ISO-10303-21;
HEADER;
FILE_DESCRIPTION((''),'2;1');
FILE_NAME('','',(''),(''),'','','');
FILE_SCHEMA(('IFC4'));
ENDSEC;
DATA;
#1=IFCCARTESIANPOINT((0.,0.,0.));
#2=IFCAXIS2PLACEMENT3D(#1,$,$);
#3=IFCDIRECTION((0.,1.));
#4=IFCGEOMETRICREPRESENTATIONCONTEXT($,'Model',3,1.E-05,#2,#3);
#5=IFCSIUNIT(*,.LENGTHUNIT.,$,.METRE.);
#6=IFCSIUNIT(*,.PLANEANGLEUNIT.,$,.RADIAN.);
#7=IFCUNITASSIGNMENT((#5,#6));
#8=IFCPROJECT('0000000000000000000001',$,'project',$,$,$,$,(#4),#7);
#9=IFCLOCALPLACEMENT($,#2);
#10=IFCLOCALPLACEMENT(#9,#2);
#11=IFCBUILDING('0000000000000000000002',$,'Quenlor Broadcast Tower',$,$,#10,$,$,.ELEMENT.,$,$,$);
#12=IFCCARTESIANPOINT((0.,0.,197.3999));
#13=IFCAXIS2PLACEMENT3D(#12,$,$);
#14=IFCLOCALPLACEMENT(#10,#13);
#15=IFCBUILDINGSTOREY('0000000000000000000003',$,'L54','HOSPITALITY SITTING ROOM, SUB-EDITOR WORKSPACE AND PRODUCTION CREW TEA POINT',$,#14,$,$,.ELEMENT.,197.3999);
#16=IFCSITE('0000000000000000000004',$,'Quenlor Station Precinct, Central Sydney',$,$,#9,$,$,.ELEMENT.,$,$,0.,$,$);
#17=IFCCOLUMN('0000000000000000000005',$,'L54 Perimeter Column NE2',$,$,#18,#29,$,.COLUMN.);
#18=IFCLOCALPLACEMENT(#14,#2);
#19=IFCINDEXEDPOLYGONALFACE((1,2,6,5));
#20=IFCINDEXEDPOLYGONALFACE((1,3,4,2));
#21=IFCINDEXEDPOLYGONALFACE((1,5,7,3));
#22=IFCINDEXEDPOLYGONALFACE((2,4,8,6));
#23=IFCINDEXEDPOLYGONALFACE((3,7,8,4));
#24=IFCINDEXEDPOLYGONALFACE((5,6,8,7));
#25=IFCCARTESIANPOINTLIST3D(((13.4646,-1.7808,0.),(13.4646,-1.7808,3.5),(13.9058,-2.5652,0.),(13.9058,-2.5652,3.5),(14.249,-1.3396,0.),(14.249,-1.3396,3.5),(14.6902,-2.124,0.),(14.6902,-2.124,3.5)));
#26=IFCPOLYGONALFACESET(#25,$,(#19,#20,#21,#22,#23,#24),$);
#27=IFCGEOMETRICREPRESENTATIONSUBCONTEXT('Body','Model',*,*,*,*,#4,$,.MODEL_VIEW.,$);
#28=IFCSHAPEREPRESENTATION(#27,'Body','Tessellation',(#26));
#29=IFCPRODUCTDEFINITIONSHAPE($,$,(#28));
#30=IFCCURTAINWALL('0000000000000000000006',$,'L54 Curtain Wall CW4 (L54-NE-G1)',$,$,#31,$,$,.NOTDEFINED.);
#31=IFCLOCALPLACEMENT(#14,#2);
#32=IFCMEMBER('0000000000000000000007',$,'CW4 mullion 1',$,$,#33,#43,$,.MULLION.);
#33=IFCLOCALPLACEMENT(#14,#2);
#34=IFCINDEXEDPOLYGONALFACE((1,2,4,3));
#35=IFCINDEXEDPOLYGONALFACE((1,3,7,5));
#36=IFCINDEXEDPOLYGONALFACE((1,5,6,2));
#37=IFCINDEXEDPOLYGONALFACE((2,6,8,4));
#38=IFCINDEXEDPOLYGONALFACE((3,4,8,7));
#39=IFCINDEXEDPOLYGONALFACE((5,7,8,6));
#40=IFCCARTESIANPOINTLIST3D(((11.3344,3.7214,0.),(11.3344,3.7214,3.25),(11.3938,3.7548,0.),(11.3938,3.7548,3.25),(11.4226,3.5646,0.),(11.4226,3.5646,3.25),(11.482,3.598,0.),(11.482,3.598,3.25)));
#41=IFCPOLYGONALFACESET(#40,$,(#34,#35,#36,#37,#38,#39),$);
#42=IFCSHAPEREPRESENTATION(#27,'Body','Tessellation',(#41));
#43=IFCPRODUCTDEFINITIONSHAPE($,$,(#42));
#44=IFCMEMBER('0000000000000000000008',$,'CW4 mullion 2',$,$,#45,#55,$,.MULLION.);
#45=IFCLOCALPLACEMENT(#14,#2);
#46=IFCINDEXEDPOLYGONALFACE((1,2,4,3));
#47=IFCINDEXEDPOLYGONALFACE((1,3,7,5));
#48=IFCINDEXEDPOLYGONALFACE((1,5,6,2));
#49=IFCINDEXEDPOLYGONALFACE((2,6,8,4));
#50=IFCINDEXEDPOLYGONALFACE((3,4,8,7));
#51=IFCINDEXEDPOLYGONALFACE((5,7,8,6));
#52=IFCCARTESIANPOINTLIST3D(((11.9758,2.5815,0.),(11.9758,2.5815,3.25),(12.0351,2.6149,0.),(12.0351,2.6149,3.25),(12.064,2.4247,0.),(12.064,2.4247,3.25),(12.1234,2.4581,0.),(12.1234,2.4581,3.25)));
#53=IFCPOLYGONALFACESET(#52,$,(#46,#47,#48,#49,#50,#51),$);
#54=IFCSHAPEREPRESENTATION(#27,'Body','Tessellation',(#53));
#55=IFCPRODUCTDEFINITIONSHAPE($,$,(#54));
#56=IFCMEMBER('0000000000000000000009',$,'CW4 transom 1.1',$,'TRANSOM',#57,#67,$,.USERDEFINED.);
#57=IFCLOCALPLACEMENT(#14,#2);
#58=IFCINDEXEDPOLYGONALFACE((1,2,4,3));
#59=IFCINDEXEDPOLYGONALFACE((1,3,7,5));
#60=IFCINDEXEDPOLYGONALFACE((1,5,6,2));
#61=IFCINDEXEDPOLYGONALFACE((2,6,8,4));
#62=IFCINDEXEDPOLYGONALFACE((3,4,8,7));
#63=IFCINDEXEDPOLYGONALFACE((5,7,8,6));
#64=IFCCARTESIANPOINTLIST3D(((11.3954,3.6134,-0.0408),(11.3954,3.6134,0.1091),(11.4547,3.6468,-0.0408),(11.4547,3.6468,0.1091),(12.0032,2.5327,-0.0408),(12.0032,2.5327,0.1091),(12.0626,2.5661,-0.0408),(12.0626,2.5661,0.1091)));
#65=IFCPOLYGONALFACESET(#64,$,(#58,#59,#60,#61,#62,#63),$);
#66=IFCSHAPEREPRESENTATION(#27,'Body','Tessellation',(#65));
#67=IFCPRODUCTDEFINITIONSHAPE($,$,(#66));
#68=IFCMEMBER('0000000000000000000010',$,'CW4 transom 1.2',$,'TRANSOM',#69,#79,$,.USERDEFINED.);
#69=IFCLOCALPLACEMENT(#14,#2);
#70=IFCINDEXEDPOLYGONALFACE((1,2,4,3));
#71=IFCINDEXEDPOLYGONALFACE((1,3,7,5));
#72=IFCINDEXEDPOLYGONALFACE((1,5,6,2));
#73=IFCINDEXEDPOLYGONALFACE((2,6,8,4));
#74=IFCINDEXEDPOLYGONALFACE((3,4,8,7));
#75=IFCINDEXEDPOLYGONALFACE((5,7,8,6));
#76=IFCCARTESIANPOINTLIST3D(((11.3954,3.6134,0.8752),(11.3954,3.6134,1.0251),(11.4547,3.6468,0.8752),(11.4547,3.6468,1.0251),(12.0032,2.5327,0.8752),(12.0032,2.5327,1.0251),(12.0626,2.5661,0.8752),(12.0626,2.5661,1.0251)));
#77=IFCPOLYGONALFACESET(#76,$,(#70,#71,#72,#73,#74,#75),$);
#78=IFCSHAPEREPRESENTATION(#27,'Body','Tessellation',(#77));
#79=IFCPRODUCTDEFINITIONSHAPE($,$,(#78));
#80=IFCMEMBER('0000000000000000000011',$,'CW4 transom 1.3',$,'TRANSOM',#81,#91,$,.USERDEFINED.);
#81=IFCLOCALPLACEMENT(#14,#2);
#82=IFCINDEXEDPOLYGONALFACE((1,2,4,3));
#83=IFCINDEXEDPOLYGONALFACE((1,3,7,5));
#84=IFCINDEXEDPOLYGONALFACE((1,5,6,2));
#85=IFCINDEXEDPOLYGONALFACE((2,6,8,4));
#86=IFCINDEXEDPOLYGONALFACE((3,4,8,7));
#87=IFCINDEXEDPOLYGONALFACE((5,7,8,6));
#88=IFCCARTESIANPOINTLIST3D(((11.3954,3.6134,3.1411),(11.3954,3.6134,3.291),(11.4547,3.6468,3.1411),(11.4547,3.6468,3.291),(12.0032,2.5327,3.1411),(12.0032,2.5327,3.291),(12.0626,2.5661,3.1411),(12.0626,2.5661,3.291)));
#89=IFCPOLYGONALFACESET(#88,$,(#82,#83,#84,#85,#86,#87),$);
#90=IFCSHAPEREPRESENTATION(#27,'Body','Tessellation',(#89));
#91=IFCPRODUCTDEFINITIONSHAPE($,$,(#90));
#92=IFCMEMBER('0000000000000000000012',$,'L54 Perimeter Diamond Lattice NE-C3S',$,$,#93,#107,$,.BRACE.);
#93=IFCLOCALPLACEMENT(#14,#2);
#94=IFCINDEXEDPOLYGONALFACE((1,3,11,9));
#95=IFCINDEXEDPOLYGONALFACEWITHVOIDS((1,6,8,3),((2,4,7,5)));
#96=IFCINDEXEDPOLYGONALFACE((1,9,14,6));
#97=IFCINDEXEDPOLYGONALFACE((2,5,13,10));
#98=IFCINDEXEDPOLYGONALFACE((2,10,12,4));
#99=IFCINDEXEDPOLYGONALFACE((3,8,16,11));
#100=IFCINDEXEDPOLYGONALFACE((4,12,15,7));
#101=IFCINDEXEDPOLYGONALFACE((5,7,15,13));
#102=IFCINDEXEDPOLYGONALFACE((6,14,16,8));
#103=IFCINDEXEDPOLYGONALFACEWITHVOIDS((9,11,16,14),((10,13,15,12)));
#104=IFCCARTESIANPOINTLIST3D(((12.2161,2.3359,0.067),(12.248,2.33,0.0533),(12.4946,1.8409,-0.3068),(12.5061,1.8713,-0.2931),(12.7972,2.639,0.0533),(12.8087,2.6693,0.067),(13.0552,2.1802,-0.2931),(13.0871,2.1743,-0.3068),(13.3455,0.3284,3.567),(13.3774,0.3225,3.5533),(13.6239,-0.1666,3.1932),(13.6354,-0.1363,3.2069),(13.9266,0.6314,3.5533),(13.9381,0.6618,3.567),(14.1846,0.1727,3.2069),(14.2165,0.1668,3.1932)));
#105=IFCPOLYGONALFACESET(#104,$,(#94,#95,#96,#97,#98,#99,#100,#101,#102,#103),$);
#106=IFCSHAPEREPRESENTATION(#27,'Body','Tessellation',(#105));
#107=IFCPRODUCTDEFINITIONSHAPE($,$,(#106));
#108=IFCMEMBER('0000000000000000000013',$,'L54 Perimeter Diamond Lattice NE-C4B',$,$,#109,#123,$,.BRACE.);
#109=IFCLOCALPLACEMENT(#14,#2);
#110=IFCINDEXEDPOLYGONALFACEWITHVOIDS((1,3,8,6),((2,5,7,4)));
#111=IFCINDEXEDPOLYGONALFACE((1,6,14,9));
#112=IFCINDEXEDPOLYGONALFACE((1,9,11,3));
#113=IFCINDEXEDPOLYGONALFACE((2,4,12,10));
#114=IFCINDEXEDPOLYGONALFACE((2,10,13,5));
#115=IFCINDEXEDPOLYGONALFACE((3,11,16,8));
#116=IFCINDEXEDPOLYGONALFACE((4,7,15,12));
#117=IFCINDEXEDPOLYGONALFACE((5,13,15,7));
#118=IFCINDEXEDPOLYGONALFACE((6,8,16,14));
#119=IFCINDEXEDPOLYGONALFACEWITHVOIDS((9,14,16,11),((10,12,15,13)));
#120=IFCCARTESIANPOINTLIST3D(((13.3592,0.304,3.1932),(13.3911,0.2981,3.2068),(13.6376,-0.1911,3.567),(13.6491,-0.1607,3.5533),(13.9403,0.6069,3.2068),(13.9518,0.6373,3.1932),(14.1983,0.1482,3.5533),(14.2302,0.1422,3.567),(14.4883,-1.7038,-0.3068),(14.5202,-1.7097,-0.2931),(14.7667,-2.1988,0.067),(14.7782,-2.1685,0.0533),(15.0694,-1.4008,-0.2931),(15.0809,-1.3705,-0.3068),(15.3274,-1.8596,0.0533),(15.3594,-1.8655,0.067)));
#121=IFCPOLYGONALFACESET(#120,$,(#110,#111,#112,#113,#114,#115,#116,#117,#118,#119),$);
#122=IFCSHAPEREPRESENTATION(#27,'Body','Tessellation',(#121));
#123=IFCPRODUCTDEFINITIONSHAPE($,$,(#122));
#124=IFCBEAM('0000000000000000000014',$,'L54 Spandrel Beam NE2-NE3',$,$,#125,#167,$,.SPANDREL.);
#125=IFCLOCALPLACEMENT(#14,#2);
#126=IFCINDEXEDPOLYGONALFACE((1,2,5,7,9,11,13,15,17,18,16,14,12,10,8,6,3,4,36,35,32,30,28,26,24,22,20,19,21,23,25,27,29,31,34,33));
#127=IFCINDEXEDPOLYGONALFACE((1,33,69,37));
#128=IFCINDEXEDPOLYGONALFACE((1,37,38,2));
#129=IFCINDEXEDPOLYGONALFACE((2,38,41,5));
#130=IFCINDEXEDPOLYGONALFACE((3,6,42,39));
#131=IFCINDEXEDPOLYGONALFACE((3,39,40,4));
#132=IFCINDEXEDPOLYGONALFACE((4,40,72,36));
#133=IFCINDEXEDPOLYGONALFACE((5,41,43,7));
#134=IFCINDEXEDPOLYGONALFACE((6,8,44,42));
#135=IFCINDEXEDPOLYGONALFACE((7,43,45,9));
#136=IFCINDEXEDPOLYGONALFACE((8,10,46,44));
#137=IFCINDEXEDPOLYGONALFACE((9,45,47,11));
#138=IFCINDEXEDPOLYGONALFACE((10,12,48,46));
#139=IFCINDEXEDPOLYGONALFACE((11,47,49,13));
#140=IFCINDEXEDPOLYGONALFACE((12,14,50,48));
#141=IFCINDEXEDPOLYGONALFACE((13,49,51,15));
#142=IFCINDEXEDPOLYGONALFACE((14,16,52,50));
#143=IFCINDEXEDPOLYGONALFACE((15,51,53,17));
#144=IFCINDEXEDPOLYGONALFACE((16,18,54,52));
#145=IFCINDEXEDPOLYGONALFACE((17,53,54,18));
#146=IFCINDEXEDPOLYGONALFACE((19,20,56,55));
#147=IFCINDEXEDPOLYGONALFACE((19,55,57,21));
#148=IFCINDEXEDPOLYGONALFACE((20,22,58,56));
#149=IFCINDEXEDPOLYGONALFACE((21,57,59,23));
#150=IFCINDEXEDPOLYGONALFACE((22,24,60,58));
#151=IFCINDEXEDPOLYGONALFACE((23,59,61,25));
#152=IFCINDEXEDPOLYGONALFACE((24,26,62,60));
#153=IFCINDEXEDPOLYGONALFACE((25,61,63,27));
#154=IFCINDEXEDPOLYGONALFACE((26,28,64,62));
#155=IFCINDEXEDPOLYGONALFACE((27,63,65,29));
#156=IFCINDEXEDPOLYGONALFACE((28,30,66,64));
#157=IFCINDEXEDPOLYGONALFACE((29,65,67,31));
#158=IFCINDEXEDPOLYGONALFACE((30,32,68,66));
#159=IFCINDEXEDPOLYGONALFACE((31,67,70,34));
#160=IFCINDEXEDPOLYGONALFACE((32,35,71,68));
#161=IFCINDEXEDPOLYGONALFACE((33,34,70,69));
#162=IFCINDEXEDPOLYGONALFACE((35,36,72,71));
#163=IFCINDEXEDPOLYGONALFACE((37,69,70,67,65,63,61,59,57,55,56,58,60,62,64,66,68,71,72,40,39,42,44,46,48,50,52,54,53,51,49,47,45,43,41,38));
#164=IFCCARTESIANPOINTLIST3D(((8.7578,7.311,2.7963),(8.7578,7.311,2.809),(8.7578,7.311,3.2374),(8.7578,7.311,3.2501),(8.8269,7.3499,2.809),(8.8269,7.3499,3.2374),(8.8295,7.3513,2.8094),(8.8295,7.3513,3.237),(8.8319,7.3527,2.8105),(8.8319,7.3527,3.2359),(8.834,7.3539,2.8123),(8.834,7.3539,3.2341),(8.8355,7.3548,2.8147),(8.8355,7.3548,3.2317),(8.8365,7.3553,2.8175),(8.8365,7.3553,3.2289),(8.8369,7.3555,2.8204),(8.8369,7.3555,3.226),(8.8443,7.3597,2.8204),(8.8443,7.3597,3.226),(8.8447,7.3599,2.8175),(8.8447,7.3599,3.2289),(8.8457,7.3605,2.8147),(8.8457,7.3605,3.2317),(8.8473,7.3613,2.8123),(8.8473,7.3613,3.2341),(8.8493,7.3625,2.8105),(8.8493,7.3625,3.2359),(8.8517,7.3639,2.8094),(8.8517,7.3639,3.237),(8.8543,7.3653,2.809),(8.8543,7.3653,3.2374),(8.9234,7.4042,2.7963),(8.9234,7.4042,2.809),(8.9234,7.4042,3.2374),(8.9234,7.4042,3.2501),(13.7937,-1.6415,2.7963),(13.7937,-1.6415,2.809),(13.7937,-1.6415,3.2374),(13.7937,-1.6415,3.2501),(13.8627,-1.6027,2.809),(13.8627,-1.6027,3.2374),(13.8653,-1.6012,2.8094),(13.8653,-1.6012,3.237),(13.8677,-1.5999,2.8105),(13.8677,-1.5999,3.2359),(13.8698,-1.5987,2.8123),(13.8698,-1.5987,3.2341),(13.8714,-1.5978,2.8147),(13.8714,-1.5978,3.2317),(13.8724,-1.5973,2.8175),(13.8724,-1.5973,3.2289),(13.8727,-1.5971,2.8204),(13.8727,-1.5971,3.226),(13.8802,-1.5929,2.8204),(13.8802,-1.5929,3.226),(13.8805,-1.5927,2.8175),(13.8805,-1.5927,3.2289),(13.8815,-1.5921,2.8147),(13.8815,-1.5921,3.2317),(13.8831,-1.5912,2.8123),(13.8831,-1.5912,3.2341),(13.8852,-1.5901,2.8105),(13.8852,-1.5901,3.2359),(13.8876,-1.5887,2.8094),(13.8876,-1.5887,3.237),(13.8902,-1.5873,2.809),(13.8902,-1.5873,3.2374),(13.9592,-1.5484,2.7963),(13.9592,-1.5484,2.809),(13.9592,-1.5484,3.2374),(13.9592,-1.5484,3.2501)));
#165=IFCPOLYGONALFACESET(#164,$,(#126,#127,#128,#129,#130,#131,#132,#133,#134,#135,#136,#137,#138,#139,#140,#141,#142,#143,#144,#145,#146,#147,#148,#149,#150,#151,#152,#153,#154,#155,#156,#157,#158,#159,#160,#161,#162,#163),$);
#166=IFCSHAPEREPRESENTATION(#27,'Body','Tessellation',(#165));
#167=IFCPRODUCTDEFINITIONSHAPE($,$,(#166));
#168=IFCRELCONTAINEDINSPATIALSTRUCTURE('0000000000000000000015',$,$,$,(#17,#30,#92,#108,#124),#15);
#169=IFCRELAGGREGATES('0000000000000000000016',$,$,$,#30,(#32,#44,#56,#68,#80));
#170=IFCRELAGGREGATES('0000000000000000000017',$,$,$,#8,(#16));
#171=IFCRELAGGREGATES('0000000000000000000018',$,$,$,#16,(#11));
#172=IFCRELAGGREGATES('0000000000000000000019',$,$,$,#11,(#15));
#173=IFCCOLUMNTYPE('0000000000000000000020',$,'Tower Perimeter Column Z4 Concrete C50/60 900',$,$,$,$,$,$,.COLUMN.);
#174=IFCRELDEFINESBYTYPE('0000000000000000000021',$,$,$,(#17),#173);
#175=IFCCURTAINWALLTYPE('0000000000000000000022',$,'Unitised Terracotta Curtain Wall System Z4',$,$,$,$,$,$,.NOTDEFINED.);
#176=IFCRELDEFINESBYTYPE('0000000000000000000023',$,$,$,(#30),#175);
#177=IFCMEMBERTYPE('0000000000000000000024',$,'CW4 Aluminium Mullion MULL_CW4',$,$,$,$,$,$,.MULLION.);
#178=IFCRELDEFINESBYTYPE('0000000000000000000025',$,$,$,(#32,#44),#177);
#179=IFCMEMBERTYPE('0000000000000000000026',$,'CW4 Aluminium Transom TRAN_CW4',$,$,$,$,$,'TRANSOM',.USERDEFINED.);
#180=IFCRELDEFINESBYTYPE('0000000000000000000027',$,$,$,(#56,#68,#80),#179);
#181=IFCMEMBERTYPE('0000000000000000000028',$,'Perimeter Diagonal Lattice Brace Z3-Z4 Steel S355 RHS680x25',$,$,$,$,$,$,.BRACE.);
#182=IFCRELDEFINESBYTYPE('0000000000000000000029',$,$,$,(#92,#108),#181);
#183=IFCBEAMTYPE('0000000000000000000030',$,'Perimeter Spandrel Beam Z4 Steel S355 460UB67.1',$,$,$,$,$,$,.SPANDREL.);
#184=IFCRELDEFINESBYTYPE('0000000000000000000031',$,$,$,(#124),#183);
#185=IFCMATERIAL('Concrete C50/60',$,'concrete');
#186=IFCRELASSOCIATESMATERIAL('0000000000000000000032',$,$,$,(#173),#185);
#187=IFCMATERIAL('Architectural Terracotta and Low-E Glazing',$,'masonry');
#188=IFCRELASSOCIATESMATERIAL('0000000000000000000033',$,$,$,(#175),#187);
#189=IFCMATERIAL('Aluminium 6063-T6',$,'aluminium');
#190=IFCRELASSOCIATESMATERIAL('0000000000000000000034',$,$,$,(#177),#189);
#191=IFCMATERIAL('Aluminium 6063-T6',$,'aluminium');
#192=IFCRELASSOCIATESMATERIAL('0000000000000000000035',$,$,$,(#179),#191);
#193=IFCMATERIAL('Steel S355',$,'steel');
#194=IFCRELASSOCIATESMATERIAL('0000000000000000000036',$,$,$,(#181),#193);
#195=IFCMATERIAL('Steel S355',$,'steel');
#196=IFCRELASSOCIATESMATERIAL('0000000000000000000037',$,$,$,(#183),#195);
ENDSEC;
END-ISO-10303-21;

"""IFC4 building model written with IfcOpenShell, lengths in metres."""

from ifc_helpers import new_model, si_unit, direction, frame, origin, origin_2d, place, context, subcontext, project, spatial, rectangle, hollow_rectangle, i_section, extrude, material, material_profile, profile_set, type_object, element, aggregate, save


model = new_model("IFC4")

# Units and contexts
model_context = context("Model", 3, precision=1e-05, world=origin(), true_north=direction((0.0, 1.0)))
body_context = subcontext(model_context, "Body", "Model", "MODEL_VIEW")
ifc_project = project(units=[si_unit("LENGTHUNIT", "METRE"), si_unit("PLANEANGLEUNIT", "RADIAN")], contexts=[model_context])

# Site, building, storey
site_placement = place(None, origin())
site = spatial("IfcSite", under=ifc_project, at=site_placement, Name="Quenlor Station Precinct, Central Sydney", CompositionType="ELEMENT", RefElevation=0.0)
building_placement = place(site_placement, origin())
building = spatial("IfcBuilding", under=site, at=building_placement, Name="Quenlor Broadcast Tower", CompositionType="ELEMENT")
storey_placement = place(building_placement, frame((0.0, 0.0, 197.3999)))
storey = spatial("IfcBuildingStorey", under=building, at=storey_placement, Name="L54", Description="HOSPITALITY SITTING ROOM, SUB-EDITOR WORKSPACE AND PRODUCTION CREW TEA POINT", CompositionType="ELEMENT", Elevation=197.3999)

# Column
ifc_material_1 = material(Name="Concrete C50/60", Category="concrete")
ifc_material_profile_1 = material_profile(ifc_material_1, rectangle(XDim=0.8999, YDim=0.8999, at=origin_2d()))
ifc_profile_set_1 = profile_set([ifc_material_profile_1], Name="Concrete C50/60 RC900x900")
column_type = type_object("IfcColumnType", Name="Tower Perimeter Column Z4 Concrete C50/60 900", PredefinedType="COLUMN", material=ifc_profile_set_1)
column_placement = place(storey_placement, frame((14.0774, -1.9524, 0.0), z_axis=(0.0, 0.0, 1.0), x_axis=(0.871575, 0.490262, 0.0)))
element("IfcColumn", 1, at=column_placement, inside=storey, type_object=column_type, Name="L54 Perimeter Column NE2", PredefinedType="COLUMN", context=body_context, shape_type="SweptSolid", body=[
    extrude(rectangle(XDim=0.8999, YDim=0.8999, at=origin_2d()), origin(), (0.0, 0.0, 1.0), 3.5),
])

# Curtain wall, members
ifc_material_2 = material(Name="Architectural Terracotta and Low-E Glazing", Category="masonry")
curtain_wall_type = type_object("IfcCurtainWallType", Name="Unitised Terracotta Curtain Wall System Z4", PredefinedType="NOTDEFINED", material=ifc_material_2)
curtain_wall_placement = place(storey_placement, origin())
curtain_wall = element("IfcCurtainWall", 2, at=curtain_wall_placement, inside=storey, type_object=curtain_wall_type, Name="L54 Curtain Wall CW4 (L54-NE-G1)", PredefinedType="NOTDEFINED")
ifc_material_3 = material(Name="Aluminium 6063-T6", Category="aluminium")
ifc_material_profile_2 = material_profile(ifc_material_3, rectangle(XDim=0.0681, YDim=0.1799, at=origin_2d()))
ifc_profile_set_2 = profile_set([ifc_material_profile_2], Name="Aluminium 6063-T6 MULL68x180")
member_type_1 = type_object("IfcMemberType", Name="CW4 Aluminium Mullion MULL_CW4", PredefinedType="MULLION", material=ifc_profile_set_2)
member_1_placement = place(storey_placement, frame((11.4082, 3.6597, 0.0), z_axis=(0.0, 0.0, 1.0), x_axis=(0.87156, 0.490289, 0.0)))
member_1 = element("IfcMember", 3, at=member_1_placement, type_object=member_type_1, Name="CW4 mullion 1", PredefinedType="MULLION", context=body_context, shape_type="SweptSolid", body=[
    extrude(rectangle(XDim=0.0681, YDim=0.1799, at=origin_2d()), origin(), (0.0, 0.0, 1.0), 3.25),
])
member_2_placement = place(storey_placement, frame((12.0496, 2.5198, 0.0), z_axis=(0.0, 0.0, 1.0), x_axis=(0.87156, 0.490289, 0.0)))
member_2 = element("IfcMember", 4, at=member_2_placement, type_object=member_type_1, Name="CW4 mullion 2", PredefinedType="MULLION", context=body_context, shape_type="SweptSolid", body=[
    extrude(rectangle(XDim=0.0681, YDim=0.1799, at=origin_2d()), origin(), (0.0, 0.0, 1.0), 3.25),
])
ifc_material_4 = material(Name="Aluminium 6063-T6", Category="aluminium")
ifc_material_profile_3 = material_profile(ifc_material_4, rectangle(XDim=0.0681, YDim=0.1499, at=origin_2d()))
ifc_profile_set_3 = profile_set([ifc_material_profile_3], Name="Aluminium 6063-T6 TRAN68x150")
member_type_2 = type_object("IfcMemberType", Name="CW4 Aluminium Transom TRAN_CW4", ElementType="TRANSOM", PredefinedType="USERDEFINED", material=ifc_profile_set_3)
member_3_placement = place(storey_placement, frame((11.425, 3.6301, 0.0342), z_axis=(0.490233, -0.871591, 0.0), x_axis=(0.871591, 0.490233, 0.0)))
member_3 = element("IfcMember", 5, at=member_3_placement, type_object=member_type_2, Name="CW4 transom 1.1", ObjectType="TRANSOM", PredefinedType="USERDEFINED", context=body_context, shape_type="SweptSolid", body=[
    extrude(rectangle(XDim=0.0681, YDim=0.1499, at=origin_2d()), origin(), (0.0, 0.0, 1.0), 1.24),
])
member_4_placement = place(storey_placement, frame((11.425, 3.6301, 0.9502), z_axis=(0.490233, -0.871591, 0.0), x_axis=(0.871591, 0.490233, 0.0)))
member_4 = element("IfcMember", 6, at=member_4_placement, type_object=member_type_2, Name="CW4 transom 1.2", ObjectType="TRANSOM", PredefinedType="USERDEFINED", context=body_context, shape_type="SweptSolid", body=[
    extrude(rectangle(XDim=0.0681, YDim=0.1499, at=origin_2d()), origin(), (0.0, 0.0, 1.0), 1.24),
])
member_5_placement = place(storey_placement, frame((11.425, 3.6301, 3.2161), z_axis=(0.490233, -0.871591, 0.0), x_axis=(0.871591, 0.490233, 0.0)))
member_5 = element("IfcMember", 7, at=member_5_placement, type_object=member_type_2, Name="CW4 transom 1.3", ObjectType="TRANSOM", PredefinedType="USERDEFINED", context=body_context, shape_type="SweptSolid", body=[
    extrude(rectangle(XDim=0.0681, YDim=0.1499, at=origin_2d()), origin(), (0.0, 0.0, 1.0), 1.24),
])

# Members
ifc_material_5 = material(Name="Steel S355", Category="steel")
ifc_material_profile_4 = material_profile(ifc_material_5, hollow_rectangle(XDim=0.6799, YDim=0.6799, WallThickness=0.0249, at=origin_2d()))
ifc_profile_set_4 = profile_set([ifc_material_profile_4], Name="Steel S355 RHS680x680x25")
member_type_3 = type_object("IfcMemberType", Name="Perimeter Diagonal Lattice Brace Z3-Z4 Steel S355 RHS680x25", PredefinedType="BRACE", material=ifc_profile_set_4)
for number, where, z_axis, x_axis, name in (
    (8, (12.6516, 2.2551, -0.1199), (0.269547, -0.479136, 0.835328), (0.87155, 0.490307, 0.0), "L54 Perimeter Diamond Lattice NE-C3S"),
    (9, (14.9238, -1.7847, -0.1199), (-0.269485, 0.479189, 0.835318), (-0.871621, -0.490181, 0.0), "L54 Perimeter Diamond Lattice NE-C4B"),
):
    element("IfcMember", number, at=place(storey_placement, frame(where, z_axis=z_axis, x_axis=x_axis)), inside=storey, type_object=member_type_3, Name=name, PredefinedType="BRACE", context=body_context, shape_type="SweptSolid", body=[
        extrude(hollow_rectangle(XDim=0.6799, YDim=0.6799, WallThickness=0.0249, at=origin_2d()), origin(), (0.0, 0.0, 1.0), 4.1899),
    ])

# Beam
ifc_material_6 = material(Name="Steel S355", Category="steel")
ifc_material_profile_5 = material_profile(ifc_material_6, i_section(OverallWidth=0.1899, OverallDepth=0.4539, WebThickness=0.0085, FlangeThickness=0.0127, FilletRadius=0.0115, at=origin_2d()))
ifc_profile_set_5 = profile_set([ifc_material_profile_5], Name="Steel S355 460UB67.1")
beam_type_1 = type_object("IfcBeamType", Name="Perimeter Spandrel Beam Z4 Steel S355 460UB67.1", PredefinedType="SPANDREL", material=ifc_profile_set_5)
beam_1_placement = place(storey_placement, frame((13.8765, -1.595, 3.0232), z_axis=(-0.490263, 0.871574, 0.0), x_axis=(-0.871574, -0.490263, 0.0)))
element("IfcBeam", 10, at=beam_1_placement, inside=storey, type_object=beam_type_1, Name="L54 Spandrel Beam NE2-NE3", PredefinedType="SPANDREL", context=body_context, shape_type="SweptSolid", body=[
    extrude(i_section(OverallWidth=0.1899, OverallDepth=0.4539, WebThickness=0.0085, FlangeThickness=0.0127, FilletRadius=0.0115, at=origin_2d()), origin(), (0.0, 0.0, 1.0), 10.2717),
])

aggregate(curtain_wall, [member_1, member_2, member_3, member_4, member_5])

save(model, "model.ifc")
